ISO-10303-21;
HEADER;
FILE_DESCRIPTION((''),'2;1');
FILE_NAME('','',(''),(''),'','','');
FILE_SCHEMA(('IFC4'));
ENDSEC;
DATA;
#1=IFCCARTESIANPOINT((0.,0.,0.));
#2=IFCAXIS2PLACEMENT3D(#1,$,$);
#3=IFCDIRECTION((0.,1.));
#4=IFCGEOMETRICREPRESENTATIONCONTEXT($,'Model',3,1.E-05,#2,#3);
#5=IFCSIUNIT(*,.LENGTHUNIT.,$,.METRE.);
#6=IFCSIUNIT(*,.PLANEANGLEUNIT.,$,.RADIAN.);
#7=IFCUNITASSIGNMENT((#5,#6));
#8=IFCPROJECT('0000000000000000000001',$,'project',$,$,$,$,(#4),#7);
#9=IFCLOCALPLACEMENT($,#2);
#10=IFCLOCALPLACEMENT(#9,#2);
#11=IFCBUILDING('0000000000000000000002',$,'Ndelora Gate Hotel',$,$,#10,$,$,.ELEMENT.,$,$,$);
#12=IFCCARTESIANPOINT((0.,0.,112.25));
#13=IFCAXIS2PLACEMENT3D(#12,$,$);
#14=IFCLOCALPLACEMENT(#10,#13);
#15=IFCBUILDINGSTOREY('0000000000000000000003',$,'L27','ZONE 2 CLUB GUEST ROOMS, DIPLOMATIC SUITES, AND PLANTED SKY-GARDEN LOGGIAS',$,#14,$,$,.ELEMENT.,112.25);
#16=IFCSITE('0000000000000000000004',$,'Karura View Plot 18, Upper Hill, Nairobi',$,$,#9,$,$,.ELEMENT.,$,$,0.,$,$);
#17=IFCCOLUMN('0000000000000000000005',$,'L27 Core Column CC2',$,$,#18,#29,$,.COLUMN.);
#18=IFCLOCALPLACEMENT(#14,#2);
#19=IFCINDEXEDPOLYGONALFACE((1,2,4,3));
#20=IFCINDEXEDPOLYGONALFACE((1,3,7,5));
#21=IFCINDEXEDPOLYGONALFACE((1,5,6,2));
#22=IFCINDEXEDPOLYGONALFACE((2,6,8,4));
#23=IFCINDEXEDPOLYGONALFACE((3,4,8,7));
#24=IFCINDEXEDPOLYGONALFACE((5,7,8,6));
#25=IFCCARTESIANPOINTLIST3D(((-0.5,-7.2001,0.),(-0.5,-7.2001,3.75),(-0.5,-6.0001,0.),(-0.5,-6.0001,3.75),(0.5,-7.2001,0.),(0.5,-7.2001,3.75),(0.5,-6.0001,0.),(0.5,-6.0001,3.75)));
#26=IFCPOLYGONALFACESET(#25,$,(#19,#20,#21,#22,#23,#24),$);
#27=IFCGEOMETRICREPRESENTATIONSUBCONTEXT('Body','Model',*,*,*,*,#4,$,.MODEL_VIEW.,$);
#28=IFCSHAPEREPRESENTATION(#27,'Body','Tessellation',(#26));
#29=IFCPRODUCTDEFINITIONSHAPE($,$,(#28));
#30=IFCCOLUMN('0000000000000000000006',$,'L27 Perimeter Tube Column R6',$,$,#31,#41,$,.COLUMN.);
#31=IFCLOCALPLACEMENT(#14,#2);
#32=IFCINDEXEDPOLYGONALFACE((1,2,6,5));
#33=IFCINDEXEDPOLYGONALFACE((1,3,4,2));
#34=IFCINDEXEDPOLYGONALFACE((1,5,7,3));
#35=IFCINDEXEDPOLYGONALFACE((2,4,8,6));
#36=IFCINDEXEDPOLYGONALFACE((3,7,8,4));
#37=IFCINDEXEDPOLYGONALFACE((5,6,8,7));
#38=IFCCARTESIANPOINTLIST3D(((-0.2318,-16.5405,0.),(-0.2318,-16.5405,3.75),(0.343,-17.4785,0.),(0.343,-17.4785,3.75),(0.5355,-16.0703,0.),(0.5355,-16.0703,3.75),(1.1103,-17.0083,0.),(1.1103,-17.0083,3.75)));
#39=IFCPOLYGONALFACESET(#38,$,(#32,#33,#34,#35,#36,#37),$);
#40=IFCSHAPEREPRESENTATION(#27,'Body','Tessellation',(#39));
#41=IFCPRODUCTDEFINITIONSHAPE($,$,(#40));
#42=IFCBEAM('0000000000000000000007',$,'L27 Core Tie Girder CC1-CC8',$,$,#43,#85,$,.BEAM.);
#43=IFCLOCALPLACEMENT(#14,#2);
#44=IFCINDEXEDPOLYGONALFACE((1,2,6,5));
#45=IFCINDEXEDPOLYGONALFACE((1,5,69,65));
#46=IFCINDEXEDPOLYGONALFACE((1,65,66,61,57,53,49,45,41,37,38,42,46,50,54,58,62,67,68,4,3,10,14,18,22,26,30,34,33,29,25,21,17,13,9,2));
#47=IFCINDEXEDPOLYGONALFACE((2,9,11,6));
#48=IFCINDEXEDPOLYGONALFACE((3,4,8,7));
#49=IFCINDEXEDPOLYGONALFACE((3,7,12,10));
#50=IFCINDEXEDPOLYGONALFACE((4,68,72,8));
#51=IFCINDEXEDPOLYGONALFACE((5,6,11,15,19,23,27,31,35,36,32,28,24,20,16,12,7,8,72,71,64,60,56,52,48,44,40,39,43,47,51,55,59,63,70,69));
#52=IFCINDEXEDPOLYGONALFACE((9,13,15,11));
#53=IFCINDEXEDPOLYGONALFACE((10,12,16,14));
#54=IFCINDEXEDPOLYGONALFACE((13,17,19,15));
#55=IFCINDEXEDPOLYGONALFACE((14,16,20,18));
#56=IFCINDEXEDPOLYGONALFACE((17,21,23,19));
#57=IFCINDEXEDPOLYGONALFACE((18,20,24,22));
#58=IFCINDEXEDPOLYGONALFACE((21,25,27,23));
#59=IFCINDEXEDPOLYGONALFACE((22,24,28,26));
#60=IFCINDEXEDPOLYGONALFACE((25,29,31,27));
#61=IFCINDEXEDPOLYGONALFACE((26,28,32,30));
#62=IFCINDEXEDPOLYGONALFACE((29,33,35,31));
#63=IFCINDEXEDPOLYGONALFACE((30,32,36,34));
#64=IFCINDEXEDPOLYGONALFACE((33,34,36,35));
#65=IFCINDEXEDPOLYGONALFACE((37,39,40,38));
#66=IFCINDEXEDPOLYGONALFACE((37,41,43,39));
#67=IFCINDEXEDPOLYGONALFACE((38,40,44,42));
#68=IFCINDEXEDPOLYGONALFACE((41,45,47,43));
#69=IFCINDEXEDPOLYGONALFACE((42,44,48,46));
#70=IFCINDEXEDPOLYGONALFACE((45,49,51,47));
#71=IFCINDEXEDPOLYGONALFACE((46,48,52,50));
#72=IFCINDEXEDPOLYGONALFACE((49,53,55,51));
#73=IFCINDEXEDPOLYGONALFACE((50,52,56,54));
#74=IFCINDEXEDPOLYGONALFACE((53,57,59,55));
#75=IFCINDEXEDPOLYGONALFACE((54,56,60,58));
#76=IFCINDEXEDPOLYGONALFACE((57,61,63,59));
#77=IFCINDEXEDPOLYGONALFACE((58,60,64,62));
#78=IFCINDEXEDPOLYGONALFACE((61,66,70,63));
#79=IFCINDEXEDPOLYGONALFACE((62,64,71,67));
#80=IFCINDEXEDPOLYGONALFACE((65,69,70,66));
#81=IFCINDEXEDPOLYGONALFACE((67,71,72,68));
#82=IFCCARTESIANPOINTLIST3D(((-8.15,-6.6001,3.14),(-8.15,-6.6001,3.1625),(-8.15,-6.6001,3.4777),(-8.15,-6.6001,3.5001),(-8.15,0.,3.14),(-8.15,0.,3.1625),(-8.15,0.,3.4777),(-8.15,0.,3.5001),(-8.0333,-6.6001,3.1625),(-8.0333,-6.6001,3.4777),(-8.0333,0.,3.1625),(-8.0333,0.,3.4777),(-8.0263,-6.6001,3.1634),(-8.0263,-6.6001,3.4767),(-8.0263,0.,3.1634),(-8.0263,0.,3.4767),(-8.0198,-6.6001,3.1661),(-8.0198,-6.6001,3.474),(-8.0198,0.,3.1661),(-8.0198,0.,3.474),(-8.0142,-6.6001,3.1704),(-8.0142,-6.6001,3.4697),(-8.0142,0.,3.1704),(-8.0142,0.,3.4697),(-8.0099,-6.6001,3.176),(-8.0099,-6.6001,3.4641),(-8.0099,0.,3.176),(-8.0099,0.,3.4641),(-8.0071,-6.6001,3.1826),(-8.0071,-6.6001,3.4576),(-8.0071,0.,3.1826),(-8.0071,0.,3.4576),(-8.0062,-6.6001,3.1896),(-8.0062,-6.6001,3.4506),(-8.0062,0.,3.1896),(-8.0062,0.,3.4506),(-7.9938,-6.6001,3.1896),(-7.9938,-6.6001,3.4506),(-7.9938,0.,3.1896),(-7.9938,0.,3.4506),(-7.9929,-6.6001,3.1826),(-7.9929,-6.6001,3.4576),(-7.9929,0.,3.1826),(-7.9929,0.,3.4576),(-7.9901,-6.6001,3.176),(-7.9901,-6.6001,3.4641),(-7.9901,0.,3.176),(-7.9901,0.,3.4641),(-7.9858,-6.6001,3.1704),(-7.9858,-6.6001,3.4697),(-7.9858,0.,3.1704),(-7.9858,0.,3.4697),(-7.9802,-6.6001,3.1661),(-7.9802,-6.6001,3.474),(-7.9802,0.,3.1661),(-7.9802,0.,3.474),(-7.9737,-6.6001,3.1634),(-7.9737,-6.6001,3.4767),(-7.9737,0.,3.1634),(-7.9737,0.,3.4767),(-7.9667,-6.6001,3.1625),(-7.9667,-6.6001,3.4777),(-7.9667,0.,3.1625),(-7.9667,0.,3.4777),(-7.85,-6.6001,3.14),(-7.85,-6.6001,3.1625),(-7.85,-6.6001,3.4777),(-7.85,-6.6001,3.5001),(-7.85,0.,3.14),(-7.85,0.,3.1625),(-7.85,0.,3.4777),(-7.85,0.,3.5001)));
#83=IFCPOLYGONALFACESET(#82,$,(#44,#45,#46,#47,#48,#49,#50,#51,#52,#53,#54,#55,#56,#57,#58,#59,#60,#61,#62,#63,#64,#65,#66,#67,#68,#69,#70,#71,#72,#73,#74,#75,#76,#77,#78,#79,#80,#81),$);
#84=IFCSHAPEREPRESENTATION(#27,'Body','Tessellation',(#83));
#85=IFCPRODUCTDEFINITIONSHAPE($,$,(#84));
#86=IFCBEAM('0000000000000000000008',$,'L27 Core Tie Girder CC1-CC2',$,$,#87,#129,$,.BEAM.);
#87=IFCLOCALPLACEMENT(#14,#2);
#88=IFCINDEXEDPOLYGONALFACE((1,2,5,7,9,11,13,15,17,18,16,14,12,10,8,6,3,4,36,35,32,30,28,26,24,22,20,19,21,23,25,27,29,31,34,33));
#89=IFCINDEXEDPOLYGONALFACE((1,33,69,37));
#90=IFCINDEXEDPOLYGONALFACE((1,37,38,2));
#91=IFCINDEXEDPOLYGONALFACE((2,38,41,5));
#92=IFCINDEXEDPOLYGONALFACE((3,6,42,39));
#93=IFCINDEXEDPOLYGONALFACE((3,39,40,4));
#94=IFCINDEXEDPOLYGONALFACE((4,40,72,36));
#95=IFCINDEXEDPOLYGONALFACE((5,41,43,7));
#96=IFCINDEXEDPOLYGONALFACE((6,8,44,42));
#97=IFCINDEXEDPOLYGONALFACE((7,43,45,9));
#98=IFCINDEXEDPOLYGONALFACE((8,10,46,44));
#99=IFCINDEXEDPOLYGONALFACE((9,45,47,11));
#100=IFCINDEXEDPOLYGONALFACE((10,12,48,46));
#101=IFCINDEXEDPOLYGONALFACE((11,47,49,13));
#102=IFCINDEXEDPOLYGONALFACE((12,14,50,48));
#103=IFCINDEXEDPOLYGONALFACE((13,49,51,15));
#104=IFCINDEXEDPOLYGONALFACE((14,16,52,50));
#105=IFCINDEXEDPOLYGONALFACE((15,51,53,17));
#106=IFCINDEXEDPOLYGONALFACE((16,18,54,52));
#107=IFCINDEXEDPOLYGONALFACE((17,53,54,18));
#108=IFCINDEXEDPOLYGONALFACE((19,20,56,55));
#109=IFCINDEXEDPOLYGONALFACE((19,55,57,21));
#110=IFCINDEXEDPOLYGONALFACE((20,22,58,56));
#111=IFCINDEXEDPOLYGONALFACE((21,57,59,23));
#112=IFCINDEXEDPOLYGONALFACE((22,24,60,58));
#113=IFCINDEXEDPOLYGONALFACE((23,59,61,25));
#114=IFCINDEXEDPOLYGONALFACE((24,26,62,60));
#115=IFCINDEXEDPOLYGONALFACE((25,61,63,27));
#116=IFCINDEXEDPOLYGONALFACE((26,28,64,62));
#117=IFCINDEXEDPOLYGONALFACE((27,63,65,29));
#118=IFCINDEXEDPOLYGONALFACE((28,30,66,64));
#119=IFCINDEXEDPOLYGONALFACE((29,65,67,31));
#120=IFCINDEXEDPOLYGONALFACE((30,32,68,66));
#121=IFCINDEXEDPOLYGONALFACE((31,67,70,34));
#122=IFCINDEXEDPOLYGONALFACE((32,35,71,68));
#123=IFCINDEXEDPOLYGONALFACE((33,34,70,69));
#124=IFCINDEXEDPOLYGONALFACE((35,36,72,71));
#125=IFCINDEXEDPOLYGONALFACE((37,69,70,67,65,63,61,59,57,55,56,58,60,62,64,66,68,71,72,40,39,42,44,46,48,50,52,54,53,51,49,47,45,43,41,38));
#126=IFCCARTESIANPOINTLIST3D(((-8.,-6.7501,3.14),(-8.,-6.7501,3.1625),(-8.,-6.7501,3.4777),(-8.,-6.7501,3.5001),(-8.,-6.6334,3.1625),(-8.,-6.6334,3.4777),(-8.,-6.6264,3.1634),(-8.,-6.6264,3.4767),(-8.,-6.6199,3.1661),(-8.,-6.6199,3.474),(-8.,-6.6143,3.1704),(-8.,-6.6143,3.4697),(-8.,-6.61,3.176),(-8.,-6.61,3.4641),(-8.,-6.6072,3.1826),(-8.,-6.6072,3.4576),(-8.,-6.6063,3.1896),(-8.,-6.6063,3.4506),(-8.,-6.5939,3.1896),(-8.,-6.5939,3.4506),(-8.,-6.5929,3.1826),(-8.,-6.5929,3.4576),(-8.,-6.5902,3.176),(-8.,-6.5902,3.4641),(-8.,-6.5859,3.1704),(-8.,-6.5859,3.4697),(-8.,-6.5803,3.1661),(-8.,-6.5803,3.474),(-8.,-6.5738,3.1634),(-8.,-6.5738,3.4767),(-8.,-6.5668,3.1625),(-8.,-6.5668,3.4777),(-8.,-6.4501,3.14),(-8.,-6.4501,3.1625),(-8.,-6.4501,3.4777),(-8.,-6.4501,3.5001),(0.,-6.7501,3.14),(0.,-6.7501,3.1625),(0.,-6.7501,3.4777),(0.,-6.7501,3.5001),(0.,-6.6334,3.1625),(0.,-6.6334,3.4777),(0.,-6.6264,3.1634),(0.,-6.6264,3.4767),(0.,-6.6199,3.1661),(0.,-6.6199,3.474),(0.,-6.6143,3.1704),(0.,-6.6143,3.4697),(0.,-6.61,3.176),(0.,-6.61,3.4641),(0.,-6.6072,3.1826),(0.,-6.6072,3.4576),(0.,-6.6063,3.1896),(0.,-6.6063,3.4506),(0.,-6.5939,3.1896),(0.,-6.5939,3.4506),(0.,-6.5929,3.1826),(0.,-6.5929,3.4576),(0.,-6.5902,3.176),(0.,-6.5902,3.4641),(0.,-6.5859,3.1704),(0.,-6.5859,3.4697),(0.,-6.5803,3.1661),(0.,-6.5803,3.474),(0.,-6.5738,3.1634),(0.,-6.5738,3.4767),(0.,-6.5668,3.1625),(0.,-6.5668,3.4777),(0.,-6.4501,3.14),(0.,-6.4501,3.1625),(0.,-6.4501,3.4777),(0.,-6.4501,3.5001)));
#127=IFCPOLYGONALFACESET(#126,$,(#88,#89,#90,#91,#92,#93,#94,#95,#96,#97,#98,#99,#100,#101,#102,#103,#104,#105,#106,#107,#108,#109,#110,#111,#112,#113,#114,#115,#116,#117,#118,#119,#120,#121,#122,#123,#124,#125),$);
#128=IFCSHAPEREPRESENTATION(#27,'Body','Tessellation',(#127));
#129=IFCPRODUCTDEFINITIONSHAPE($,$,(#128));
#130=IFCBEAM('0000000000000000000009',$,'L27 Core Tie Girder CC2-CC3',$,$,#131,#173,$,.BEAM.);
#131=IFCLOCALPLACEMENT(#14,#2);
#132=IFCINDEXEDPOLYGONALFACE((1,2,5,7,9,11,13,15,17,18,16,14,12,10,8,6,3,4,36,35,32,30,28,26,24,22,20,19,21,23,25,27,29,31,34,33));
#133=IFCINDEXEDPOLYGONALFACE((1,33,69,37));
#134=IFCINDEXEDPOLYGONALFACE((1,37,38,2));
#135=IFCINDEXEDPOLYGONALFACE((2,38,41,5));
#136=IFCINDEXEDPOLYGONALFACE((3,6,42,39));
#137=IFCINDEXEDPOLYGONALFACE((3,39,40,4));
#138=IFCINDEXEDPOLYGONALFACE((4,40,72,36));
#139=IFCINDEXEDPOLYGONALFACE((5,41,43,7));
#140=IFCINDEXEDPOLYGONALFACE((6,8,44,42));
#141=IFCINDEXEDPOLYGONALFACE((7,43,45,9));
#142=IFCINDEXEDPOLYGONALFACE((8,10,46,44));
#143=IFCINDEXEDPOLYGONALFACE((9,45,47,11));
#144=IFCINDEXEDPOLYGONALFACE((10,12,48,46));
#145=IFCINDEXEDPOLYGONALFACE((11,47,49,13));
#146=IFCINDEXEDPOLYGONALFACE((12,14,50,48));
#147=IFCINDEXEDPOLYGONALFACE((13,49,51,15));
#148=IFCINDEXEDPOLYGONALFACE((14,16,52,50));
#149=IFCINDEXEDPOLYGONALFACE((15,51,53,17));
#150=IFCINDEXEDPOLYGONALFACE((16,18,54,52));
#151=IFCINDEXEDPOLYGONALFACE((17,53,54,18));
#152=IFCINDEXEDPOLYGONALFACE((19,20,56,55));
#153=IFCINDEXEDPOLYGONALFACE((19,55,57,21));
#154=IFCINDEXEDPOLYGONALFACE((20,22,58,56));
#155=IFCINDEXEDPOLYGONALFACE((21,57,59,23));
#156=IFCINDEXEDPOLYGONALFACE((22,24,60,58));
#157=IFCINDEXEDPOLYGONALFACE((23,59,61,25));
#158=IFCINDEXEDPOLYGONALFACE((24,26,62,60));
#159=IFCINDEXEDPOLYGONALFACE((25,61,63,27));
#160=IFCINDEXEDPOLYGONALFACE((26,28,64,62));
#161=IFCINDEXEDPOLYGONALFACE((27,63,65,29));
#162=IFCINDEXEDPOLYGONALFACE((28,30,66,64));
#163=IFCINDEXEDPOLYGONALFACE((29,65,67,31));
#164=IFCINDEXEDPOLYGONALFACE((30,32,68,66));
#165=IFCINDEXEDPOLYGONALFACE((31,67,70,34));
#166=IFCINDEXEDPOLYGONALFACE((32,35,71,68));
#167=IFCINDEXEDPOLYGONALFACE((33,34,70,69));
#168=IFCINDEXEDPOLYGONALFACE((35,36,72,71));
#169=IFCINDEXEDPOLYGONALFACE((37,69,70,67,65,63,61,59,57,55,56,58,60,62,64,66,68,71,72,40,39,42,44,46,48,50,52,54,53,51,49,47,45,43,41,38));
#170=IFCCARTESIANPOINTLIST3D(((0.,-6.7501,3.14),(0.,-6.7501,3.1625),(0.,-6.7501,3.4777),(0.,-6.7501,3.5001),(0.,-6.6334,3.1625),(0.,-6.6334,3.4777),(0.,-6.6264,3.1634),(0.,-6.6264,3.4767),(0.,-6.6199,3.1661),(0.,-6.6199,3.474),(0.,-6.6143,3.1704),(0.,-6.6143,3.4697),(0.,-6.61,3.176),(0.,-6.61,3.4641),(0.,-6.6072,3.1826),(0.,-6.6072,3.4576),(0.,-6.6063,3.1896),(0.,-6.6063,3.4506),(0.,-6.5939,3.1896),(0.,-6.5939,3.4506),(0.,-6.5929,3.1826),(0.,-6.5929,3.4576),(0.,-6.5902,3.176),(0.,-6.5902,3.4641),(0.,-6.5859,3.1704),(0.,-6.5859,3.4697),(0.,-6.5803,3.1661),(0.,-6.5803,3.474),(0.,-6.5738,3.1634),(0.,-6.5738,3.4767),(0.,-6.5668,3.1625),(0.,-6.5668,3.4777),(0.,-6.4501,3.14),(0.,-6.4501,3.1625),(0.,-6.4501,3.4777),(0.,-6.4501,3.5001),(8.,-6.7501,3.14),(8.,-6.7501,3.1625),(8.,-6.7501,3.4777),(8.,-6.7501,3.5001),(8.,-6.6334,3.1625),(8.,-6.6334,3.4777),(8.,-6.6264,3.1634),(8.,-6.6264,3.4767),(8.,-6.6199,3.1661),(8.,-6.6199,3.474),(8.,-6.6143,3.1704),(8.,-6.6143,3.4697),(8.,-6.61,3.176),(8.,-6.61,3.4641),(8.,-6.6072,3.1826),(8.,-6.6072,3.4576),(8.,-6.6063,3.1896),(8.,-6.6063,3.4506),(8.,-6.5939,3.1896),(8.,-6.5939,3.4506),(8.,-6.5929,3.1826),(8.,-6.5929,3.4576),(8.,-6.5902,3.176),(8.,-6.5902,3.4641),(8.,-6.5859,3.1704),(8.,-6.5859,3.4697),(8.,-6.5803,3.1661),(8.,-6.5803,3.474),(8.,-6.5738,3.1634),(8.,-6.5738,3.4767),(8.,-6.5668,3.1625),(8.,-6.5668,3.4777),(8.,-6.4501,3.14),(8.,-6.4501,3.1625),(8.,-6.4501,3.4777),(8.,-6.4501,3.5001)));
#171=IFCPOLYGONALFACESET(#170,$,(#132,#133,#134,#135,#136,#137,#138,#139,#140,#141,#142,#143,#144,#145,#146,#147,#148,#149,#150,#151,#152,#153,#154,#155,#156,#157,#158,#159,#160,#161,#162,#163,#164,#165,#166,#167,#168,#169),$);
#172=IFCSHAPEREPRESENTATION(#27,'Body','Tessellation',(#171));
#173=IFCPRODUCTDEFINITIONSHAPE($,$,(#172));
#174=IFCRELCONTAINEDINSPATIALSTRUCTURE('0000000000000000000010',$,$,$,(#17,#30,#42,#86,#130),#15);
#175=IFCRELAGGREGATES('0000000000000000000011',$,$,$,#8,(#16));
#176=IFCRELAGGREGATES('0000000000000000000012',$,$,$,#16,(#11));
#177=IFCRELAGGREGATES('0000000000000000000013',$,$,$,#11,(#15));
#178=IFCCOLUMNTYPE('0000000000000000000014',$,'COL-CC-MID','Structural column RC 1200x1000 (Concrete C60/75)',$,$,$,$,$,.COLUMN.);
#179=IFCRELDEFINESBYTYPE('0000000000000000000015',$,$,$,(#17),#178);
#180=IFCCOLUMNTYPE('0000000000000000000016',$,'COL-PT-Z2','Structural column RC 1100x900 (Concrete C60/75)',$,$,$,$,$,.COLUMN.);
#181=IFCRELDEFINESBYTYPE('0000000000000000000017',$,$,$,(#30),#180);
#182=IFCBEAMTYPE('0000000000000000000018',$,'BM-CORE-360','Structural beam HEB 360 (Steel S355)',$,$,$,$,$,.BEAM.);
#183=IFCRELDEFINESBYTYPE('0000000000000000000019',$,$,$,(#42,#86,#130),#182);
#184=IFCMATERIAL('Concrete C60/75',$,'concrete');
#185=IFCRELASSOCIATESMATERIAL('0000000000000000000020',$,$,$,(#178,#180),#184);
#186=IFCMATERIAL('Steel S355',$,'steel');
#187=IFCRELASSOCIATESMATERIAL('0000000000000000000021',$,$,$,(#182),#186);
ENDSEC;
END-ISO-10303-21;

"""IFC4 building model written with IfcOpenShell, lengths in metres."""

from ifc_helpers import new_model, si_unit, direction, frame, origin, origin_2d, place, context, subcontext, project, spatial, rectangle, i_section, extrude, material, material_profile, profile_set, type_object, element, save


model = new_model("IFC4")

# Units and contexts
model_context = context("Model", 3, precision=1e-05, world=origin(), true_north=direction((0.0, 1.0)))
body_context = subcontext(model_context, "Body", "Model", "MODEL_VIEW")
ifc_project = project(units=[si_unit("LENGTHUNIT", "METRE"), si_unit("PLANEANGLEUNIT", "RADIAN")], contexts=[model_context])

# Site, building, storey
site_placement = place(None, origin())
site = spatial("IfcSite", under=ifc_project, at=site_placement, Name="Karura View Plot 18, Upper Hill, Nairobi", CompositionType="ELEMENT", RefElevation=0.0)
building_placement = place(site_placement, origin())
building = spatial("IfcBuilding", under=site, at=building_placement, Name="Ndelora Gate Hotel", CompositionType="ELEMENT")
storey_placement = place(building_placement, frame((0.0, 0.0, 112.25)))
storey = spatial("IfcBuildingStorey", under=building, at=storey_placement, Name="L27", Description="ZONE 2 CLUB GUEST ROOMS, DIPLOMATIC SUITES, AND PLANTED SKY-GARDEN LOGGIAS", CompositionType="ELEMENT", Elevation=112.25)

# Columns
ifc_material_1 = material(Name="Concrete C60/75", Category="concrete")
ifc_material_profile_1 = material_profile(ifc_material_1, rectangle(XDim=1.0, YDim=1.2, at=origin_2d()), Name="RC 1200x1000")
ifc_profile_set_1 = profile_set([ifc_material_profile_1], Name="Concrete C60/75")
column_type_1 = type_object("IfcColumnType", Name="COL-CC-MID", Description="Structural column RC 1200x1000 (Concrete C60/75)", PredefinedType="COLUMN", material=ifc_profile_set_1)
column_1_placement = place(storey_placement, frame((0.0, -6.6001, 0.0), z_axis=(0.0, 0.0, 1.0), x_axis=(1.0, 0.0, 0.0)))
element("IfcColumn", 1, at=column_1_placement, inside=storey, type_object=column_type_1, Name="L27 Core Column CC2", PredefinedType="COLUMN", context=body_context, shape_type="SweptSolid", body=[
    extrude(rectangle(XDim=1.0, YDim=1.2, at=origin_2d()), origin(), (0.0, 0.0, 1.0), 3.75),
])
ifc_material_profile_2 = material_profile(ifc_material_1, rectangle(XDim=0.8999, YDim=1.1001, at=origin_2d()), Name="RC 1100x900")
ifc_profile_set_2 = profile_set([ifc_material_profile_2], Name="Concrete C60/75")
column_type_2 = type_object("IfcColumnType", Name="COL-PT-Z2", Description="Structural column RC 1100x900 (Concrete C60/75)", PredefinedType="COLUMN", material=ifc_profile_set_2)
column_2_placement = place(storey_placement, frame((0.4392, -16.7744, 0.0), z_axis=(0.0, 0.0, 1.0), x_axis=(0.85264, 0.522499, 0.0)))
element("IfcColumn", 2, at=column_2_placement, inside=storey, type_object=column_type_2, Name="L27 Perimeter Tube Column R6", PredefinedType="COLUMN", context=body_context, shape_type="SweptSolid", body=[
    extrude(rectangle(XDim=0.8999, YDim=1.1001, at=origin_2d()), origin(), (0.0, 0.0, 1.0), 3.75),
])

# Beams
ifc_material_2 = material(Name="Steel S355", Category="steel")
ifc_material_profile_3 = material_profile(ifc_material_2, i_section(OverallWidth=0.3, OverallDepth=0.3601, WebThickness=0.0125, FlangeThickness=0.0225, FilletRadius=0.0271, at=origin_2d()), Name="HEB 360")
ifc_profile_set_3 = profile_set([ifc_material_profile_3], Name="Steel S355")
beam_type_1 = type_object("IfcBeamType", Name="BM-CORE-360", Description="Structural beam HEB 360 (Steel S355)", PredefinedType="BEAM", material=ifc_profile_set_3)
beam_1_placement = place(storey_placement, frame((-8.0, -6.6001, 3.3201), z_axis=(0.0, 1.0, 0.0), x_axis=(-1.0, 0.0, 0.0)))
element("IfcBeam", 3, at=beam_1_placement, inside=storey, type_object=beam_type_1, Name="L27 Core Tie Girder CC1-CC8", PredefinedType="BEAM", context=body_context, shape_type="SweptSolid", body=[
    extrude(i_section(OverallWidth=0.3, OverallDepth=0.3601, WebThickness=0.0125, FlangeThickness=0.0225, FilletRadius=0.0271, at=origin_2d()), origin(), (0.0, 0.0, 1.0), 6.6001),
])
for number, where, z_axis, x_axis, name in (
    (4, (-8.0, -6.6001, 3.3201), (1.0, 0.0, 0.0), (0.0, 1.0, 0.0), "L27 Core Tie Girder CC1-CC2"),
    (5, (0.0, -6.6001, 3.3201), (1.0, 0.0, 0.0), (0.0, 1.0, 0.0), "L27 Core Tie Girder CC2-CC3"),
):
    element("IfcBeam", number, at=place(storey_placement, frame(where, z_axis=z_axis, x_axis=x_axis)), inside=storey, type_object=beam_type_1, Name=name, PredefinedType="BEAM", context=body_context, shape_type="SweptSolid", body=[
        extrude(i_section(OverallWidth=0.3, OverallDepth=0.3601, WebThickness=0.0125, FlangeThickness=0.0225, FilletRadius=0.0271, at=origin_2d()), origin(), (0.0, 0.0, 1.0), 8.0),
    ])

save(model, "model.ifc")
